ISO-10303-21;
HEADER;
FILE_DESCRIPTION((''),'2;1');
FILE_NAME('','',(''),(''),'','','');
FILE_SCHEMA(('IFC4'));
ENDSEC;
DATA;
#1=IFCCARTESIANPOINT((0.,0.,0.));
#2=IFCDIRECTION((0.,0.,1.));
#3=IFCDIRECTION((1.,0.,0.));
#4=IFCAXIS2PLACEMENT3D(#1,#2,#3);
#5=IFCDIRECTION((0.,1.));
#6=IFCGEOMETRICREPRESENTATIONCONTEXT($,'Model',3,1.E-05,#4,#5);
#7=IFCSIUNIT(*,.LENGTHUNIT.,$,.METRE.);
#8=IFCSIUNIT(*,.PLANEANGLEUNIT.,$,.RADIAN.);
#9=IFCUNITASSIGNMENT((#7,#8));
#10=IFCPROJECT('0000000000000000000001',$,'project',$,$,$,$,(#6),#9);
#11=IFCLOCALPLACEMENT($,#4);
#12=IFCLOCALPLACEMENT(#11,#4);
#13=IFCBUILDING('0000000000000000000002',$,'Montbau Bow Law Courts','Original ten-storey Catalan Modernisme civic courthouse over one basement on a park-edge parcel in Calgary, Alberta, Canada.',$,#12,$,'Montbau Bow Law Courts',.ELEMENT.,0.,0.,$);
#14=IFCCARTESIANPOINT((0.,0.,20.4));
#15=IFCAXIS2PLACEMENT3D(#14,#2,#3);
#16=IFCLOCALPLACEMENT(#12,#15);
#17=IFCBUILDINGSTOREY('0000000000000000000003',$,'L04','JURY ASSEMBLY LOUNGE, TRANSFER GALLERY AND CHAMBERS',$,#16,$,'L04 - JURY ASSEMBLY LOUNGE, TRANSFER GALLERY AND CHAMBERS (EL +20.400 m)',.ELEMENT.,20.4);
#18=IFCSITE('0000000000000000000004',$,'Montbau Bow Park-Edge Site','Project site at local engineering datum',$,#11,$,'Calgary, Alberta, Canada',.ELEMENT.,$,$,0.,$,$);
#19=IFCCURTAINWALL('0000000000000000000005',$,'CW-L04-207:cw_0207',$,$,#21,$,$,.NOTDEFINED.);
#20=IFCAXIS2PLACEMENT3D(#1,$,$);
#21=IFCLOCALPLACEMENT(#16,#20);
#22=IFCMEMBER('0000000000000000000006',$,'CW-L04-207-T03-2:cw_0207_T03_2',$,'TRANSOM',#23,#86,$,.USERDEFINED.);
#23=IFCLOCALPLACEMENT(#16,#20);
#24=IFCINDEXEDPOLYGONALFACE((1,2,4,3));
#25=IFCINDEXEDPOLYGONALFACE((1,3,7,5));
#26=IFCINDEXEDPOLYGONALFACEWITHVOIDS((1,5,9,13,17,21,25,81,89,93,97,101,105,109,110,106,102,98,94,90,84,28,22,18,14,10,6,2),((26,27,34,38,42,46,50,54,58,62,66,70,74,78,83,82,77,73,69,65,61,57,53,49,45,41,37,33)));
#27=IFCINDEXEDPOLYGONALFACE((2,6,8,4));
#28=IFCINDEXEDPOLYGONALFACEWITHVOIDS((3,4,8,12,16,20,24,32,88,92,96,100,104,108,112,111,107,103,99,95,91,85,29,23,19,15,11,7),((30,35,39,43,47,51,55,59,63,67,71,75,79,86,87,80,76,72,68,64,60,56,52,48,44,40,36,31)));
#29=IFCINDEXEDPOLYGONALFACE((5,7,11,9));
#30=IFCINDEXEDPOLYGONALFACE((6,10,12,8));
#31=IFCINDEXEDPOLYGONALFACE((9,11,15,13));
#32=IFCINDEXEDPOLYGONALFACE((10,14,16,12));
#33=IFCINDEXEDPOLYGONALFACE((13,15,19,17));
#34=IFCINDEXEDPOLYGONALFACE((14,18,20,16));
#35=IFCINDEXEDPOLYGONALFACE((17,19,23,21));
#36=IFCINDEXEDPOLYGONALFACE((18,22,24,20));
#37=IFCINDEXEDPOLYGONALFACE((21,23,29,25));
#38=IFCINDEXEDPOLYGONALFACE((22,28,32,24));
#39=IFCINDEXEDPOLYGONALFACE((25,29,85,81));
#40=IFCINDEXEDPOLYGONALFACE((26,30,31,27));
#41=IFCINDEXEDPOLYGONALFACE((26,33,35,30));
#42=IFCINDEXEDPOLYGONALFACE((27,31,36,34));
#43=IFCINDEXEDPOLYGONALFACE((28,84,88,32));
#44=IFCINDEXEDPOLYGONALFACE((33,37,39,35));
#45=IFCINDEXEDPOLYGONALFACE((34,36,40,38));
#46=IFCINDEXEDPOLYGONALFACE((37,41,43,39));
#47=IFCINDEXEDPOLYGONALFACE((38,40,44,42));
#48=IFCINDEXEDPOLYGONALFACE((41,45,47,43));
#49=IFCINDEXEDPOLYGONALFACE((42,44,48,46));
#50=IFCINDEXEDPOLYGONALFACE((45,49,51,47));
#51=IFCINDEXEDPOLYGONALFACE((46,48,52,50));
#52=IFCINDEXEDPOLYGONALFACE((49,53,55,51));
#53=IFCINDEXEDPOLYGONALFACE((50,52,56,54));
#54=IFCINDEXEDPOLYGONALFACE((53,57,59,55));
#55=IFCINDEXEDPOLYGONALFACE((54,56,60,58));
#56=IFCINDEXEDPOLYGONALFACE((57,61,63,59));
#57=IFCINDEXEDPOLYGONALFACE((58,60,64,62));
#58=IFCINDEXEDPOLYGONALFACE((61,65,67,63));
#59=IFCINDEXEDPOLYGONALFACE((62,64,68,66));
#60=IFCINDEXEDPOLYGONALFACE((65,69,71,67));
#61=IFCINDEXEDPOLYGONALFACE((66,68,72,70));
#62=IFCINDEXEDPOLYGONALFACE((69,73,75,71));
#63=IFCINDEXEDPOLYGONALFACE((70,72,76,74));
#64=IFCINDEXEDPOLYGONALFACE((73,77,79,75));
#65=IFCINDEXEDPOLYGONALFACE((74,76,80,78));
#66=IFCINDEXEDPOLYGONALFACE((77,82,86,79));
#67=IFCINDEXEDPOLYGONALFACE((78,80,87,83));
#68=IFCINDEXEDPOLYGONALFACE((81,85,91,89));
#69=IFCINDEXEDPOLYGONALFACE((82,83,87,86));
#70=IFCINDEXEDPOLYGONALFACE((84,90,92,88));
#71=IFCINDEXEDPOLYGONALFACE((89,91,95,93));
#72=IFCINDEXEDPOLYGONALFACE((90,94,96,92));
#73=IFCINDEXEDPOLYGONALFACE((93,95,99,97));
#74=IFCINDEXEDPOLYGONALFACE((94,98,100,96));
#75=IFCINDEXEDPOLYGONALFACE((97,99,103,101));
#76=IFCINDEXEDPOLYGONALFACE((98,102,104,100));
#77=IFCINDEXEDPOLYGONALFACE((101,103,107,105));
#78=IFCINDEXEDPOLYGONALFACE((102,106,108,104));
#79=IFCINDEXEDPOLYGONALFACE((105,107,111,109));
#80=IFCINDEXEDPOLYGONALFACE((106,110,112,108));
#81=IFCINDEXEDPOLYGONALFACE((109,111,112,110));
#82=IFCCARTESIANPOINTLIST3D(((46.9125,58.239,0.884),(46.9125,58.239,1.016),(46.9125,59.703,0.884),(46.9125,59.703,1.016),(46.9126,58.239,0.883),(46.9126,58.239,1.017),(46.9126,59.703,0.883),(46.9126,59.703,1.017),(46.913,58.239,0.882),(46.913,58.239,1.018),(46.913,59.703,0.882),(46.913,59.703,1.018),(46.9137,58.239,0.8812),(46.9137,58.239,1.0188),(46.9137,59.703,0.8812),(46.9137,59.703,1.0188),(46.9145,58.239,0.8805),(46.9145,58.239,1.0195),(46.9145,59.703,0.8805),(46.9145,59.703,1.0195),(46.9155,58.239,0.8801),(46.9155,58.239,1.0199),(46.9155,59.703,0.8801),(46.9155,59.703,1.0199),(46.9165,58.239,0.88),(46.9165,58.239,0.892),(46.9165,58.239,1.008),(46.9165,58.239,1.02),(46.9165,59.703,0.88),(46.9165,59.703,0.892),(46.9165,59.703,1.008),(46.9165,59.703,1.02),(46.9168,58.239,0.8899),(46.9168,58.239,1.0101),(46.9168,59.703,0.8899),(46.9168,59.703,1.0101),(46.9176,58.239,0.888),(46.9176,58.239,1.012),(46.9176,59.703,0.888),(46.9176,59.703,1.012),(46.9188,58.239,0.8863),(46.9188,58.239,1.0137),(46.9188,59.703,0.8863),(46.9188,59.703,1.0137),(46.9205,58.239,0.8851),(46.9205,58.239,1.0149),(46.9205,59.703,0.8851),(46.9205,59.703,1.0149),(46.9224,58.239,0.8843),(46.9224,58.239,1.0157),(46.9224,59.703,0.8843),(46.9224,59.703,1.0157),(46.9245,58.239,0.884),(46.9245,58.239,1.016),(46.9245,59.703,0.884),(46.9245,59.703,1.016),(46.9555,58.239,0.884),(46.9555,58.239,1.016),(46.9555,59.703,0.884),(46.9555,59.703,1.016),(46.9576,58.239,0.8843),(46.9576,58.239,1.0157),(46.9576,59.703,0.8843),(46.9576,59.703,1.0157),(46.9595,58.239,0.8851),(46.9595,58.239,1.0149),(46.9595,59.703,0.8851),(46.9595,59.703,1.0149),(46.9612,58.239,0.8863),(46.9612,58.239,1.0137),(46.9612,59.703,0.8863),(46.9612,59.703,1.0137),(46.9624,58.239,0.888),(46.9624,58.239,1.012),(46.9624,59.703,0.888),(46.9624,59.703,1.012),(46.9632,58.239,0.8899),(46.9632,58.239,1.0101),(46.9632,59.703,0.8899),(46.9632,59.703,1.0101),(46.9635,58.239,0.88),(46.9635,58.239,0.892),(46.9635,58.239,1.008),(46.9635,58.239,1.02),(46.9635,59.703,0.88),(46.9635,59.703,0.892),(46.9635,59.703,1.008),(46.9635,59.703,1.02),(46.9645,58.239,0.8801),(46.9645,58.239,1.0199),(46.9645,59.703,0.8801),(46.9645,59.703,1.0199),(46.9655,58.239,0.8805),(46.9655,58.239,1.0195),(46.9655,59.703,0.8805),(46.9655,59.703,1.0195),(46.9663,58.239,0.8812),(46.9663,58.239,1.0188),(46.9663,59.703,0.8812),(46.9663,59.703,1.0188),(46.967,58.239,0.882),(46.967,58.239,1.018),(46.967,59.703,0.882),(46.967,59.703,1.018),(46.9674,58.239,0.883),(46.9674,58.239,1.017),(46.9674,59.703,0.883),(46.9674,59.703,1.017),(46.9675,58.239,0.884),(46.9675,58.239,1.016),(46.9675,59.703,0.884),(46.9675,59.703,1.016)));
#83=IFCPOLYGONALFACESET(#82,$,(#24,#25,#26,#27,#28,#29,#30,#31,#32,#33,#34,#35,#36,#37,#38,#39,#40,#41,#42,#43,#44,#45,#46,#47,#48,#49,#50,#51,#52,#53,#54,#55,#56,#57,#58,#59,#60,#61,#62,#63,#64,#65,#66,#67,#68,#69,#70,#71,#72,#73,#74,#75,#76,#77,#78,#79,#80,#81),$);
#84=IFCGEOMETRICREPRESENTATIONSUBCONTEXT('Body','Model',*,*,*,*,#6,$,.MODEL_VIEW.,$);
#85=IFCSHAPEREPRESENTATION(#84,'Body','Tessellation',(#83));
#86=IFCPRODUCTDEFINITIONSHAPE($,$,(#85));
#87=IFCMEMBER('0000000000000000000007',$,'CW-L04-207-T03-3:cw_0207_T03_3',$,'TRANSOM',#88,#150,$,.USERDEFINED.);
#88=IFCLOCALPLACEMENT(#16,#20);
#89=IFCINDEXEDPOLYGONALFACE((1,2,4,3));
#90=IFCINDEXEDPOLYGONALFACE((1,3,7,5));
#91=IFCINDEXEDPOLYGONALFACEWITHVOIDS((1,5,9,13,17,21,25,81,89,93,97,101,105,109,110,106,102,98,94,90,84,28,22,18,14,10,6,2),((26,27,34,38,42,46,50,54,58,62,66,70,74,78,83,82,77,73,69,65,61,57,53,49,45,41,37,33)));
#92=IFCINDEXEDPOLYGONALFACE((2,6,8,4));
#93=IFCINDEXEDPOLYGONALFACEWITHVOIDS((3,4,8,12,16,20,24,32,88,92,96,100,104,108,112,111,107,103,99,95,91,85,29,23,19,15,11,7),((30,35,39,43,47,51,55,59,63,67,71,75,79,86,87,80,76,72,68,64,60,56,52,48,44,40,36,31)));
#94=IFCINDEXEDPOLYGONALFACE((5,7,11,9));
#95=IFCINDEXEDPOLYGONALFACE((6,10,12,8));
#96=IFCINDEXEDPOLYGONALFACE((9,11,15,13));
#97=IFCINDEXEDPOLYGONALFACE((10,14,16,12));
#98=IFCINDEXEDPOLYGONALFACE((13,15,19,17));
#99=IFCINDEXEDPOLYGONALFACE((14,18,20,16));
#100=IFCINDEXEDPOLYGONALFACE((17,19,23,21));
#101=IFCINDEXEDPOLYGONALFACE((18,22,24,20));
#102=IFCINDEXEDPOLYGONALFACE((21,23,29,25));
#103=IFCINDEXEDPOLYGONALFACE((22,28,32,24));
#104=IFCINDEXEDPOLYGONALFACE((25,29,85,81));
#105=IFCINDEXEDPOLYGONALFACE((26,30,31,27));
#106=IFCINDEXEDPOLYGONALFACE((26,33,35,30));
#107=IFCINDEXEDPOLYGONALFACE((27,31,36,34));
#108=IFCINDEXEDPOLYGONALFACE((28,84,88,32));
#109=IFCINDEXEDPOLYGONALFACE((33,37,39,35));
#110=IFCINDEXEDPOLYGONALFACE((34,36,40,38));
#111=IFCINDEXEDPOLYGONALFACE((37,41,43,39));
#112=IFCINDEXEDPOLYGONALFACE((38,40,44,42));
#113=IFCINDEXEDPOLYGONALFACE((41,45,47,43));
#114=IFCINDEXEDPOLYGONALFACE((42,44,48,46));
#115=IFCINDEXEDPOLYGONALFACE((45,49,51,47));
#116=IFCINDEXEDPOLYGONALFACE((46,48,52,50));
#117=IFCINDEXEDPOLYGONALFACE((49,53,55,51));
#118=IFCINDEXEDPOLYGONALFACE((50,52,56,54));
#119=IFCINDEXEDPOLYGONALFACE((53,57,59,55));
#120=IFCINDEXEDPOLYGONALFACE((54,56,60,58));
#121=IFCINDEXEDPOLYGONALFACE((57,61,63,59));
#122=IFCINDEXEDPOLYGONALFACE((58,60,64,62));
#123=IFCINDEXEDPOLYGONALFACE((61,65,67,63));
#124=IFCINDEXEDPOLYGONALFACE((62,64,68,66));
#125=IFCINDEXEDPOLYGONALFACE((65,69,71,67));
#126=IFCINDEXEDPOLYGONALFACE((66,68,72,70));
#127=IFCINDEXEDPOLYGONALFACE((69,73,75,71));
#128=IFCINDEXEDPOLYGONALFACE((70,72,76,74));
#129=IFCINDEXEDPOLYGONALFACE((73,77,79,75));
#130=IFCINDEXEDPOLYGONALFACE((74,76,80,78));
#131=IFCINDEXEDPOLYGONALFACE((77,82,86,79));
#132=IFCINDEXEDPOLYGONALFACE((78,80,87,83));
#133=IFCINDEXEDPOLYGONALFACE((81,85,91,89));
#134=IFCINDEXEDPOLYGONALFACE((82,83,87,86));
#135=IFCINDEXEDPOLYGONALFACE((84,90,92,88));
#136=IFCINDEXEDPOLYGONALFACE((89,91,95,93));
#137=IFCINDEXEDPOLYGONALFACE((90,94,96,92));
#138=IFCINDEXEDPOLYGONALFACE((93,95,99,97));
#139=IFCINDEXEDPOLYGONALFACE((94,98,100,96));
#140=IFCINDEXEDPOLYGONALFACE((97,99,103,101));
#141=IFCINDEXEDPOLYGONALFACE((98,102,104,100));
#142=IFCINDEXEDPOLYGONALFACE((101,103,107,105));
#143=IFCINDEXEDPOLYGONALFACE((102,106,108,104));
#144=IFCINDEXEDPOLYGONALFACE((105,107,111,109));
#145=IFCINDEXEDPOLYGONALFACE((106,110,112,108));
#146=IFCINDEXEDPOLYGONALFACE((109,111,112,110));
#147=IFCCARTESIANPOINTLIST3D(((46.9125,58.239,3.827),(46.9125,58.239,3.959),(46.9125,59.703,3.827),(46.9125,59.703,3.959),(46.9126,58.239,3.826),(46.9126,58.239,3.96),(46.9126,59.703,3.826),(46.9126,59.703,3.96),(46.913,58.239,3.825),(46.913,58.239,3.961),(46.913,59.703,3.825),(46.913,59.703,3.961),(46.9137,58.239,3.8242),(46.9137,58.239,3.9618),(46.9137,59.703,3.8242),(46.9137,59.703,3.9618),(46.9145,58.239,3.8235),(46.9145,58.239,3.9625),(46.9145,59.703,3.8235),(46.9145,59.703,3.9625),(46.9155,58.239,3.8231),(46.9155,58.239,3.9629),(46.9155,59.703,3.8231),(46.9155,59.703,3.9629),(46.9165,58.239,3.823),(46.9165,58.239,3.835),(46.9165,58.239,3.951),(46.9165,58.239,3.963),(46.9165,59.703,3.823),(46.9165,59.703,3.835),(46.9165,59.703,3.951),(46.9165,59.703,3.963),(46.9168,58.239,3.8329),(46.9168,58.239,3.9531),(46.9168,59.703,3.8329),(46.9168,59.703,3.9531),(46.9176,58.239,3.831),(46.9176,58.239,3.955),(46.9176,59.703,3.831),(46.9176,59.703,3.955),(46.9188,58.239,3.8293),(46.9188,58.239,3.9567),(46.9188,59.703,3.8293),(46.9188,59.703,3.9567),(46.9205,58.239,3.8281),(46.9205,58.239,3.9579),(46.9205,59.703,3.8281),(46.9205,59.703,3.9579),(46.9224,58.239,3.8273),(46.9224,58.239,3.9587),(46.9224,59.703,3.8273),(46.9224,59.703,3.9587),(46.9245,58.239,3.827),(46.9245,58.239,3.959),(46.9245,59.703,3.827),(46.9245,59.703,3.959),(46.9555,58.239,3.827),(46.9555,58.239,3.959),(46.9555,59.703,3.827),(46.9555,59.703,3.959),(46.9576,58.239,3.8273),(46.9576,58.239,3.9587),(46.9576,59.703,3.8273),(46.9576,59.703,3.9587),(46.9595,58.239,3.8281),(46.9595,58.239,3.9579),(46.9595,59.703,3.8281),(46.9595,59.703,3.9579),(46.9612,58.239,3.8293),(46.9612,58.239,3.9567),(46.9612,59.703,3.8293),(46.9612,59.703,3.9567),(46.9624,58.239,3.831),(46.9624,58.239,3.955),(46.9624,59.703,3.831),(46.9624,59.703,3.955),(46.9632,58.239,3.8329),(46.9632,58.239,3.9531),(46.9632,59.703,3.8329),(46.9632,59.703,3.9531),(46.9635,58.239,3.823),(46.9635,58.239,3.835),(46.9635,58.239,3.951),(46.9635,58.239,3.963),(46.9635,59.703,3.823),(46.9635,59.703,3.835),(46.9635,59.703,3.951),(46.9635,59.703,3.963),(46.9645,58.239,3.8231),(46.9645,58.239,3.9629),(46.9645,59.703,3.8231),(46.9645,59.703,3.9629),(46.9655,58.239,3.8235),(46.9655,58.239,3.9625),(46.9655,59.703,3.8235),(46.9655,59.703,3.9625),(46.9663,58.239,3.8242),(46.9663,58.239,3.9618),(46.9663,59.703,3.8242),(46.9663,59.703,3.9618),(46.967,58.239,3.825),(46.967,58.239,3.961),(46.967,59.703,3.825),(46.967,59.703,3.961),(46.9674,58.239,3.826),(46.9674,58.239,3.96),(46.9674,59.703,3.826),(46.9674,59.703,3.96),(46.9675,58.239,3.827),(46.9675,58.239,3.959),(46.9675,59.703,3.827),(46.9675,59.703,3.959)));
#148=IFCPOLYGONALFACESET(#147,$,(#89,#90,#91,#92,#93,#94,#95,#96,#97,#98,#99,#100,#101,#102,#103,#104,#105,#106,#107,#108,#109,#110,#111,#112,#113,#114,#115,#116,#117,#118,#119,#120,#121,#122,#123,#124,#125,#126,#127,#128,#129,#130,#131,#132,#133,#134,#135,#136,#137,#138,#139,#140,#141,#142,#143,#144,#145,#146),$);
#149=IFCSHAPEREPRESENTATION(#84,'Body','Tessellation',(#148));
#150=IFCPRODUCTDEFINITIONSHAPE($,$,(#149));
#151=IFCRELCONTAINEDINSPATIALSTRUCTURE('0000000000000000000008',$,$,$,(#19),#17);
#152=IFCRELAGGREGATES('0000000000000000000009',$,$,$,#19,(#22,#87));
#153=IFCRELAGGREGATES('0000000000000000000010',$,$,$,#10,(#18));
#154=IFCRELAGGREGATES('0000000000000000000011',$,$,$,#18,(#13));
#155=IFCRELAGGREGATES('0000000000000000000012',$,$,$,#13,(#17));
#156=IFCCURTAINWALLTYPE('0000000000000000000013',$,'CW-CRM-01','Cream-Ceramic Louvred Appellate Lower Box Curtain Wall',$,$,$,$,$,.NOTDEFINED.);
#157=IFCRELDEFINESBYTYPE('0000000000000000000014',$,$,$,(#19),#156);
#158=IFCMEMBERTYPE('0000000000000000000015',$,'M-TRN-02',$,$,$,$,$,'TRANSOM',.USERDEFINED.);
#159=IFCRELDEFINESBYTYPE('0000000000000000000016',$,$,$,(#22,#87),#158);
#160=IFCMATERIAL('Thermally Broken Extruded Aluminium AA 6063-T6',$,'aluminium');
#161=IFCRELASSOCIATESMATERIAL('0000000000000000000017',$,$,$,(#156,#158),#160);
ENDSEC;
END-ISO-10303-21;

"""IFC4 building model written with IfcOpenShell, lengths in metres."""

from ifc_helpers import new_model, si_unit, direction, frame, origin_with_axes, origin_2d_with_axis, place, context, subcontext, project, spatial, hollow_rectangle, extrude, material, material_profile, profile_set, type_object, element, aggregate, save


model = new_model("IFC4")

# Units and contexts
model_context = context("Model", 3, precision=1e-05, world=origin_with_axes(), true_north=direction((0.0, 1.0)))
body_context = subcontext(model_context, "Body", "Model", "MODEL_VIEW")
ifc_project = project(units=[si_unit("LENGTHUNIT", "METRE"), si_unit("PLANEANGLEUNIT", "RADIAN")], contexts=[model_context])

# Site, building, storey
site_placement = place(None, origin_with_axes())
site = spatial("IfcSite", under=ifc_project, at=site_placement, Name="Montbau Bow Park-Edge Site", Description="Project site at local engineering datum", LongName="Calgary, Alberta, Canada", CompositionType="ELEMENT", RefElevation=0.0)
building_placement = place(site_placement, origin_with_axes())
building = spatial("IfcBuilding", under=site, at=building_placement, Name="Montbau Bow Law Courts", Description="Original ten-storey Catalan Modernisme civic courthouse over one basement on a park-edge parcel in Calgary, Alberta, Canada.", LongName="Montbau Bow Law Courts", CompositionType="ELEMENT", ElevationOfRefHeight=0.0, ElevationOfTerrain=0.0)
storey_placement = place(building_placement, frame((0.0, 0.0, 20.4), z_axis=(0.0, 0.0, 1.0), x_axis=(1.0, 0.0, 0.0)))
storey = spatial("IfcBuildingStorey", under=building, at=storey_placement, Name="L04", Description="JURY ASSEMBLY LOUNGE, TRANSFER GALLERY AND CHAMBERS", LongName="L04 - JURY ASSEMBLY LOUNGE, TRANSFER GALLERY AND CHAMBERS (EL +20.400 m)", CompositionType="ELEMENT", Elevation=20.4)

# Curtain wall
ifc_material_1 = material(Name="Thermally Broken Extruded Aluminium AA 6063-T6", Category="aluminium")
curtain_wall_type = type_object("IfcCurtainWallType", Name="CW-CRM-01", Description="Cream-Ceramic Louvred Appellate Lower Box Curtain Wall", PredefinedType="NOTDEFINED", material=ifc_material_1)
curtain_wall_1_placement = place(None, frame((46.94, 55.115, 20.4), z_axis=(0.0, 0.0, 1.0), x_axis=(1.0, 0.0, 0.0)))
curtain_wall_1 = element("IfcCurtainWall", 1, at=curtain_wall_1_placement, inside=storey, type_object=curtain_wall_type, Name="CW-L04-207:cw_0207", PredefinedType="NOTDEFINED")
ifc_material_profile_1 = material_profile(ifc_material_1, hollow_rectangle(XDim=0.055, YDim=0.14, WallThickness=0.004, InnerFilletRadius=0.008, OuterFilletRadius=0.004, at=origin_2d_with_axis()), Name="CWT-140X55", Category="Main", Priority=0)
ifc_profile_set_1 = profile_set([ifc_material_profile_1], Name="Thermally Broken Extruded Aluminium AA 6063-T6")
member_type_1 = type_object("IfcMemberType", Name="M-TRN-02", ElementType="TRANSOM", PredefinedType="USERDEFINED", material=ifc_profile_set_1)

# Members
member_1_placement = place(None, frame((46.94, 58.239, 21.35), z_axis=(0.0, 1.0, 0.0), x_axis=(-1.0, 0.0, 0.0)))
member_1 = element("IfcMember", 2, at=member_1_placement, type_object=member_type_1, Name="CW-L04-207-T03-2:cw_0207_T03_2", ObjectType="TRANSOM", PredefinedType="USERDEFINED", context=body_context, shape_type="SweptSolid", body=[
    extrude(hollow_rectangle(XDim=0.055, YDim=0.14, WallThickness=0.004, InnerFilletRadius=0.008, OuterFilletRadius=0.004, at=origin_2d_with_axis()), origin_with_axes(), (0.0, 0.0, 1.0), 1.464),
])
member_2_placement = place(None, frame((46.94, 58.239, 24.293), z_axis=(0.0, 1.0, 0.0), x_axis=(-1.0, 0.0, 0.0)))
member_2 = element("IfcMember", 3, at=member_2_placement, type_object=member_type_1, Name="CW-L04-207-T03-3:cw_0207_T03_3", ObjectType="TRANSOM", PredefinedType="USERDEFINED", context=body_context, shape_type="SweptSolid", body=[
    extrude(hollow_rectangle(XDim=0.055, YDim=0.14, WallThickness=0.004, InnerFilletRadius=0.008, OuterFilletRadius=0.004, at=origin_2d_with_axis()), origin_with_axes(), (0.0, 0.0, 1.0), 1.464),
])

aggregate(curtain_wall_1, [member_1, member_2])

save(model, "model.ifc")
